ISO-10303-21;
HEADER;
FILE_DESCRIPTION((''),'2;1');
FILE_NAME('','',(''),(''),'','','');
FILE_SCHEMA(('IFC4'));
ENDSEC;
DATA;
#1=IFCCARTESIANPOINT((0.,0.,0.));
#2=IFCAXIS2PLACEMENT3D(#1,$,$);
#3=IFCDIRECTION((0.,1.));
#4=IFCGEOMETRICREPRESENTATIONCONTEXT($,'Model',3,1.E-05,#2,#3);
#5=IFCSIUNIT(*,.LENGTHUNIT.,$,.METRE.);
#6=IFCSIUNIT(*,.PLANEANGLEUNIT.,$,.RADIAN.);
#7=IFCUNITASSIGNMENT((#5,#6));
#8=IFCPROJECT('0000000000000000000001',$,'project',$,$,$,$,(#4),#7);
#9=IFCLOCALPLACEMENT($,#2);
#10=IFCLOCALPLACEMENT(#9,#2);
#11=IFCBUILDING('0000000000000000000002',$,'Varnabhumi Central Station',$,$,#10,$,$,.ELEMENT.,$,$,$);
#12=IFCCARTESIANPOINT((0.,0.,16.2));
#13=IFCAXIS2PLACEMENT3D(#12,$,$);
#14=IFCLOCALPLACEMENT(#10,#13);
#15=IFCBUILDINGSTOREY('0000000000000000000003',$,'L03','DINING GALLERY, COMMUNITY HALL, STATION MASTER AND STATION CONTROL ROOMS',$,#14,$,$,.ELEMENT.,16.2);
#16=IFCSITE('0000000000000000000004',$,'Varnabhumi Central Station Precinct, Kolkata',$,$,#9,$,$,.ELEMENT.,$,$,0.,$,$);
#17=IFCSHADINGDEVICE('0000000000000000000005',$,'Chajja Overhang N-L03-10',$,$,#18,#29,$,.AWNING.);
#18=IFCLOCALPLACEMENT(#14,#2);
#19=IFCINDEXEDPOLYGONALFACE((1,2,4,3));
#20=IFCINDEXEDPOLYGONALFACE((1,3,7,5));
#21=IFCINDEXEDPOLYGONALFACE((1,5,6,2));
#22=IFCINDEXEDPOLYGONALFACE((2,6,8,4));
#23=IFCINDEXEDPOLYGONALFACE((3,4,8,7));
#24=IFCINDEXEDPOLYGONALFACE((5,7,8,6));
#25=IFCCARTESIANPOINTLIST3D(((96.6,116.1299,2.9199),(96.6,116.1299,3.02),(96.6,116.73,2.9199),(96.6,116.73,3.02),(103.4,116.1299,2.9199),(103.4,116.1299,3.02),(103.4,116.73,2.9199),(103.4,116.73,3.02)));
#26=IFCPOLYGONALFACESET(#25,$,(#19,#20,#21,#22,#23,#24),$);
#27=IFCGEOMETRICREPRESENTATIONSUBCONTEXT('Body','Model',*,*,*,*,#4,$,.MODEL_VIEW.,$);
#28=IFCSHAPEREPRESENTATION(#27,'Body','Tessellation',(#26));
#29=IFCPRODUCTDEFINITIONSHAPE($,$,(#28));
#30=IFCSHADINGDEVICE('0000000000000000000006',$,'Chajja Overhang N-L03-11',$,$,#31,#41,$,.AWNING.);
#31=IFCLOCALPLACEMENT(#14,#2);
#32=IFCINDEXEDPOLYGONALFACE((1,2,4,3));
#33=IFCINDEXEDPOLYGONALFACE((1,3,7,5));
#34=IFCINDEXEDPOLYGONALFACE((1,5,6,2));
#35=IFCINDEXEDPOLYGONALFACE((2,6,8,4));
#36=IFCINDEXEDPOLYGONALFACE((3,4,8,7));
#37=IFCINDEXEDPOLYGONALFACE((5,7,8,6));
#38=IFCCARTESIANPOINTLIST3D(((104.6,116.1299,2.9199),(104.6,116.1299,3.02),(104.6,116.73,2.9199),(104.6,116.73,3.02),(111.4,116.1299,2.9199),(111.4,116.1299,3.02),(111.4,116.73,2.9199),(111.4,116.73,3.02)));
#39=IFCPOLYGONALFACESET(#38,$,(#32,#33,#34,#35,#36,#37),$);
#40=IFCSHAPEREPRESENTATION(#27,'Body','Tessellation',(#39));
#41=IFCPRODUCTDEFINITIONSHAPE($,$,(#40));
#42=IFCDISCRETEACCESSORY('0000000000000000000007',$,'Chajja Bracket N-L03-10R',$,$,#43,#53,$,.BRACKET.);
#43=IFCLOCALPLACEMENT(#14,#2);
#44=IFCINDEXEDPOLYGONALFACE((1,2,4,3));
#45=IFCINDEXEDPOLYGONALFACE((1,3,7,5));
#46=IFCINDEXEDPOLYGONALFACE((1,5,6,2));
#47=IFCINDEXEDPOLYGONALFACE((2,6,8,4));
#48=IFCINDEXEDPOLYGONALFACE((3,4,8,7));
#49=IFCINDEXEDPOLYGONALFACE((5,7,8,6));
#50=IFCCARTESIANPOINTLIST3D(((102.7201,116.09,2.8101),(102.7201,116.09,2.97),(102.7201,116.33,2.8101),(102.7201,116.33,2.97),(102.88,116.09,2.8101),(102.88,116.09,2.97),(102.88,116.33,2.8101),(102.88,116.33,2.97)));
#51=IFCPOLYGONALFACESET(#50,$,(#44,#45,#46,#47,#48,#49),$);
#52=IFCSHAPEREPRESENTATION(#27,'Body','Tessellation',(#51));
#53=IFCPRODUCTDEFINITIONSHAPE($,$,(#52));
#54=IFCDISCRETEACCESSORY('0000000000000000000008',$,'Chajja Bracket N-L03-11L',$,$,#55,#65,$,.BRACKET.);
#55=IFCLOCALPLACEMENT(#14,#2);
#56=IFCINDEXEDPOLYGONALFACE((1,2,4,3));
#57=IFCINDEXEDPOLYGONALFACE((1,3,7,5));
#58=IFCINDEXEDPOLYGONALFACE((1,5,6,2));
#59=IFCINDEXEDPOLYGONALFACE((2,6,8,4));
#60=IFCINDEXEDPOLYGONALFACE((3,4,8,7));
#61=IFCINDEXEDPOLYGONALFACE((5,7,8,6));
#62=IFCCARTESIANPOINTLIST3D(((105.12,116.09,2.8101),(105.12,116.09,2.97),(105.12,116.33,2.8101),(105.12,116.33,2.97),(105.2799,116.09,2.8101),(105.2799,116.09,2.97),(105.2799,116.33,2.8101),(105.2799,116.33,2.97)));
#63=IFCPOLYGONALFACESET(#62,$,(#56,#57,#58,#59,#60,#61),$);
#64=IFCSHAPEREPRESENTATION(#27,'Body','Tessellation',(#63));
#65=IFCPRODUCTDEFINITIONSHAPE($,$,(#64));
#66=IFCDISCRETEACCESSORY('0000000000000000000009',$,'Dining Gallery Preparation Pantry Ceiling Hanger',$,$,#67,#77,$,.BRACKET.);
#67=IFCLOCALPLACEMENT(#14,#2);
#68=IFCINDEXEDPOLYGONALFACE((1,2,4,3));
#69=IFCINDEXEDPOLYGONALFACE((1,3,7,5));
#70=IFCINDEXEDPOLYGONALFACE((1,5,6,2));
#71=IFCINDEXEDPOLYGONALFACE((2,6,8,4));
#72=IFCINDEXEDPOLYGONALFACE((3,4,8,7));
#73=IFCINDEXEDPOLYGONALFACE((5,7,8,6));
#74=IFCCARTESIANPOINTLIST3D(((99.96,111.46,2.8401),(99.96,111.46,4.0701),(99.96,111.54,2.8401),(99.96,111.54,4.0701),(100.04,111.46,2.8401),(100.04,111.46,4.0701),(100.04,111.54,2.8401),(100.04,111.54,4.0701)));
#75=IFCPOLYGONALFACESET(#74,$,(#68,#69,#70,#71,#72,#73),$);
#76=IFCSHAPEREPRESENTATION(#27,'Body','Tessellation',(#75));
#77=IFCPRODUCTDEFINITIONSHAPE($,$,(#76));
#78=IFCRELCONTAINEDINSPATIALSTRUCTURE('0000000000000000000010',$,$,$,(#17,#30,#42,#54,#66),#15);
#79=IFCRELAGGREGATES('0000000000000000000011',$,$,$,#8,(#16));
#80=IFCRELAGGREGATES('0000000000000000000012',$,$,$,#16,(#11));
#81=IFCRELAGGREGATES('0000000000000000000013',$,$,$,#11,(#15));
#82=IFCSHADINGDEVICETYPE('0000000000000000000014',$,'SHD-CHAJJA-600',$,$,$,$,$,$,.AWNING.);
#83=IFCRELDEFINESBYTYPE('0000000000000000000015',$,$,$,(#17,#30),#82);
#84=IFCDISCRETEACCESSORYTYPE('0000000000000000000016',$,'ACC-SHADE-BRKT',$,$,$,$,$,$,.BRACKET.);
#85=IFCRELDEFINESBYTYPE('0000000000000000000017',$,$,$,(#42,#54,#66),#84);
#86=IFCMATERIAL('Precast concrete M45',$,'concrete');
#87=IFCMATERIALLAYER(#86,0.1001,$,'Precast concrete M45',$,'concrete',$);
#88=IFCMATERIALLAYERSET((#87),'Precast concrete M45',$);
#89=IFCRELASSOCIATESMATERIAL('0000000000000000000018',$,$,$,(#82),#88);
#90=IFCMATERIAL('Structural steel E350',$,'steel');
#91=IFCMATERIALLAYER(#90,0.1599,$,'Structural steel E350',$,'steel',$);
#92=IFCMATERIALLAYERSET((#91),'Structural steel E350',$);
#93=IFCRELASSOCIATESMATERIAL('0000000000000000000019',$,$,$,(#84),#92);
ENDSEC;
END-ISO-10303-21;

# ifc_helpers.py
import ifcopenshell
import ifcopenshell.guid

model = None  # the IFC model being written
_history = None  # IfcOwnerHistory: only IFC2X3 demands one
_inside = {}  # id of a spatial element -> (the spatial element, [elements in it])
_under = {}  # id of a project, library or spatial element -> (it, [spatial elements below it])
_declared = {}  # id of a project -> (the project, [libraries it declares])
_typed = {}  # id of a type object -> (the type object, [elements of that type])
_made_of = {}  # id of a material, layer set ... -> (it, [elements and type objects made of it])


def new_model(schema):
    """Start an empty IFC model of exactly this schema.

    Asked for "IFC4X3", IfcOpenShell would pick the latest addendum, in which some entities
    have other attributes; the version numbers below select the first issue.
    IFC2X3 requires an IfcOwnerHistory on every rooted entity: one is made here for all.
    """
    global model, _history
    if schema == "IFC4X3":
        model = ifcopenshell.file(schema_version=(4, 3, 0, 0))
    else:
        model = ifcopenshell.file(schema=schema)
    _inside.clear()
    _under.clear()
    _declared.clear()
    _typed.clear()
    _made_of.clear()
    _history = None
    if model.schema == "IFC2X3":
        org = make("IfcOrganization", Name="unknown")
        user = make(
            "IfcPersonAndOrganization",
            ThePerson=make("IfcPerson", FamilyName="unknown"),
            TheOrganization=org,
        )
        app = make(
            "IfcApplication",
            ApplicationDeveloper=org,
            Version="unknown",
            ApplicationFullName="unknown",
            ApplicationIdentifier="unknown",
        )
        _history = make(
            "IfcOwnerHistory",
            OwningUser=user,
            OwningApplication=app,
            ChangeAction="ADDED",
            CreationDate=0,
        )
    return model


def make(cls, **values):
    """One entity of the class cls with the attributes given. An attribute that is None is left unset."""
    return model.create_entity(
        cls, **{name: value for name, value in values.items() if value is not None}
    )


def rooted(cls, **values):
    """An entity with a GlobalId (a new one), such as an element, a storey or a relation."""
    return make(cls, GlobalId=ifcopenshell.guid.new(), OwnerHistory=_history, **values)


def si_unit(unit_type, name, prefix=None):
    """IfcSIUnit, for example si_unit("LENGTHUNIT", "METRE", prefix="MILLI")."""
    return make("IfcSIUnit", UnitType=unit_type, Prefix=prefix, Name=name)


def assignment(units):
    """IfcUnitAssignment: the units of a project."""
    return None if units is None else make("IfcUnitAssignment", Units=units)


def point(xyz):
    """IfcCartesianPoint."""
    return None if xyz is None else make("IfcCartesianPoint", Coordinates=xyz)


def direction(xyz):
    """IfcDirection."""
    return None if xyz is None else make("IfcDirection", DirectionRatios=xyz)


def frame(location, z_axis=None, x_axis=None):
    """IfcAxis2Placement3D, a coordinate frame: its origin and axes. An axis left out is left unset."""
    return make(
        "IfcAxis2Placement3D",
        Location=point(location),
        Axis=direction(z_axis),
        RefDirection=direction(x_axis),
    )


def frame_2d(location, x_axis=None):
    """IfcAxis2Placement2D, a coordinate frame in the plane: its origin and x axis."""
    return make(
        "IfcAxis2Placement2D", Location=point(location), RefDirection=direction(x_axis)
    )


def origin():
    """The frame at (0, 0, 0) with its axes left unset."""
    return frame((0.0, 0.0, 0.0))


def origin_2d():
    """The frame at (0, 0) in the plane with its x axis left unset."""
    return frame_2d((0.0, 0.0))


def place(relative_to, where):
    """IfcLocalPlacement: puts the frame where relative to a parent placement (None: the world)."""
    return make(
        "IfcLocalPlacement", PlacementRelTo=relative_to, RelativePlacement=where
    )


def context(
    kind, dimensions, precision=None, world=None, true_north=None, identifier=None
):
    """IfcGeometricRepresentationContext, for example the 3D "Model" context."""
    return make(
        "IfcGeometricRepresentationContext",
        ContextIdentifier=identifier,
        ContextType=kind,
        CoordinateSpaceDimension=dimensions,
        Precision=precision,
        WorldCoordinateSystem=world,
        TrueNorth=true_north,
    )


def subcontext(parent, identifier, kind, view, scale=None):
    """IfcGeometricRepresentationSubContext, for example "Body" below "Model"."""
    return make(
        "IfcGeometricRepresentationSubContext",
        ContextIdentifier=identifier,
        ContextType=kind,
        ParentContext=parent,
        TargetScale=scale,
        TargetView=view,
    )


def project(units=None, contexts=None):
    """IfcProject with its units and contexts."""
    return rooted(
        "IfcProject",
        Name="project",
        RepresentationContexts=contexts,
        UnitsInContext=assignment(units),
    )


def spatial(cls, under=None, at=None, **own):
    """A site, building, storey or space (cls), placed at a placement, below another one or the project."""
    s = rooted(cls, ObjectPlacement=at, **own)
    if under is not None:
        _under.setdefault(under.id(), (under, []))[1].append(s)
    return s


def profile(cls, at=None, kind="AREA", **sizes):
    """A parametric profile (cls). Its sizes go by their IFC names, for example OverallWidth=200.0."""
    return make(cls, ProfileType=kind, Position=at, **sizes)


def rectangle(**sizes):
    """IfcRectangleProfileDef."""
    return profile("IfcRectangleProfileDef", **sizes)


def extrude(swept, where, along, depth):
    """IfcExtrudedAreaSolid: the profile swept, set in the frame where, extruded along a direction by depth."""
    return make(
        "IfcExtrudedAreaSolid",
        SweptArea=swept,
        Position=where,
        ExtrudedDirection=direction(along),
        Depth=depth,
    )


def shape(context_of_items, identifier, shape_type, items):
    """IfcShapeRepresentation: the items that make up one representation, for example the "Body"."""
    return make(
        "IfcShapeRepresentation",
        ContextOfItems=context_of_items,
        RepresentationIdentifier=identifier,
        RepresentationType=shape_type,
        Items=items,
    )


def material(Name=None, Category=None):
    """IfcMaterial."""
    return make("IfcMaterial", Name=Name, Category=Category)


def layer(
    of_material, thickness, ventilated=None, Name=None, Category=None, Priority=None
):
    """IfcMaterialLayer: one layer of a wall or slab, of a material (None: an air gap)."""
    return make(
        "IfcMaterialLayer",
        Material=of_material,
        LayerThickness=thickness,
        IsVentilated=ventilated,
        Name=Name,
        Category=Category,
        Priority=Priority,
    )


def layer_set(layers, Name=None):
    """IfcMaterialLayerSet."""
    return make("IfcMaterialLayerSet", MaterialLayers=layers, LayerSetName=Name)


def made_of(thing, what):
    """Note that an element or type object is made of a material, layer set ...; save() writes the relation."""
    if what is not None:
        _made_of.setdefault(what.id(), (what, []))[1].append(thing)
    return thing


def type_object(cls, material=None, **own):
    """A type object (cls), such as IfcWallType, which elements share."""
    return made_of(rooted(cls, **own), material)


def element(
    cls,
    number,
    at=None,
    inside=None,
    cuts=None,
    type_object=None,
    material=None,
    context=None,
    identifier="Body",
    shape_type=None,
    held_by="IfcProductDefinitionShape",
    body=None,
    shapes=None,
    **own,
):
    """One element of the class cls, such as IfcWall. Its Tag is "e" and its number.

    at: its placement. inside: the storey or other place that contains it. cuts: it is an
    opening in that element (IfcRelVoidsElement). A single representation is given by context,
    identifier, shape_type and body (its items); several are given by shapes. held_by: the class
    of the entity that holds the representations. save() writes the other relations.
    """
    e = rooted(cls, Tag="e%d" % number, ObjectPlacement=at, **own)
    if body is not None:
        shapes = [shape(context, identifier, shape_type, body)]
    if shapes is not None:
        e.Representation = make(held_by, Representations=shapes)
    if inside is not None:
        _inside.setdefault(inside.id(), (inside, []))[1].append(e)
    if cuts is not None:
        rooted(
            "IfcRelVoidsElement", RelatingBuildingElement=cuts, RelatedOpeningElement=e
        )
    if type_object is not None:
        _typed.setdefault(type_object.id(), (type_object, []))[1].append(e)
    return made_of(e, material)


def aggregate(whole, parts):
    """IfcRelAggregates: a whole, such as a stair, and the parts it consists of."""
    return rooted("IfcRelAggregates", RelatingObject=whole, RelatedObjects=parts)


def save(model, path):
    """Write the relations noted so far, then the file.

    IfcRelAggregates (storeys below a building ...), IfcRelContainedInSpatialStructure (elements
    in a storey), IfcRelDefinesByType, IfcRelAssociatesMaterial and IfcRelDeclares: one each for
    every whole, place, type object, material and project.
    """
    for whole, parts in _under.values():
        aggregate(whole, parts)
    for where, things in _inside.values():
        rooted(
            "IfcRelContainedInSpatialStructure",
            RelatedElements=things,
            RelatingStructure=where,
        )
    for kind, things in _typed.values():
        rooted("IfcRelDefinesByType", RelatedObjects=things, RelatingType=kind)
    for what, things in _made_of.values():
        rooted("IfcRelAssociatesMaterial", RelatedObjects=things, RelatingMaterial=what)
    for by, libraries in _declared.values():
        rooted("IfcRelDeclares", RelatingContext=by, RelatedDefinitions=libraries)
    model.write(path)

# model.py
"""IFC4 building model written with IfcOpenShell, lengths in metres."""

from ifc_helpers import new_model, si_unit, direction, frame, origin, origin_2d, place, context, subcontext, project, spatial, rectangle, extrude, material, layer, layer_set, type_object, element, save


model = new_model("IFC4")

# Units and contexts
model_context = context("Model", 3, precision=1e-05, world=origin(), true_north=direction((0.0, 1.0)))
body_context = subcontext(model_context, "Body", "Model", "MODEL_VIEW")
ifc_project = project(units=[si_unit("LENGTHUNIT", "METRE"), si_unit("PLANEANGLEUNIT", "RADIAN")], contexts=[model_context])

# Site, building, storey
site_placement = place(None, origin())
site = spatial("IfcSite", under=ifc_project, at=site_placement, Name="Varnabhumi Central Station Precinct, Kolkata", CompositionType="ELEMENT", RefElevation=0.0)
building_placement = place(site_placement, origin())
building = spatial("IfcBuilding", under=site, at=building_placement, Name="Varnabhumi Central Station", CompositionType="ELEMENT")
storey_placement = place(building_placement, frame((0.0, 0.0, 16.2)))
storey = spatial("IfcBuildingStorey", under=building, at=storey_placement, Name="L03", Description="DINING GALLERY, COMMUNITY HALL, STATION MASTER AND STATION CONTROL ROOMS", CompositionType="ELEMENT", Elevation=16.2)

# Shared definitions
ifc_material_1 = material(Name="Structural steel E350", Category="steel")

# Shading devices
ifc_material_2 = material(Name="Precast concrete M45", Category="concrete")
ifc_layer_1 = layer(ifc_material_2, 0.1001, Name="Precast concrete M45", Category="concrete")
ifc_layer_set_1 = layer_set([ifc_layer_1], Name="Precast concrete M45")
shading_device_type = type_object("IfcShadingDeviceType", Name="SHD-CHAJJA-600", PredefinedType="AWNING", material=ifc_layer_set_1)
for number, where, z_axis, x_axis, name in (
    (1, (100.0, 116.4299, 2.9199), (0.0, 0.0, 1.0), (1.0, 0.0, 0.0), "Chajja Overhang N-L03-10"),
    (2, (108.0, 116.4299, 2.9199), (0.0, 0.0, 1.0), (1.0, 0.0, 0.0), "Chajja Overhang N-L03-11"),
):
    element("IfcShadingDevice", number, at=place(storey_placement, frame(where, z_axis=z_axis, x_axis=x_axis)), inside=storey, type_object=shading_device_type, Name=name, PredefinedType="AWNING", context=body_context, shape_type="SweptSolid", body=[
        extrude(rectangle(XDim=6.8, YDim=0.6001, at=origin_2d()), origin(), (0.0, 0.0, 1.0), 0.1001),
    ])

# Discrete accessories
ifc_layer_2 = layer(ifc_material_1, 0.1599, Name="Structural steel E350", Category="steel")
ifc_layer_set_2 = layer_set([ifc_layer_2], Name="Structural steel E350")
discrete_accessory_type = type_object("IfcDiscreteAccessoryType", Name="ACC-SHADE-BRKT", PredefinedType="BRACKET", material=ifc_layer_set_2)
for number, where, z_axis, x_axis, name in (
    (3, (102.8, 116.21, 2.8101), (0.0, 0.0, 1.0), (1.0, 0.0, 0.0), "Chajja Bracket N-L03-10R"),
    (4, (105.2, 116.21, 2.8101), (0.0, 0.0, 1.0), (1.0, 0.0, 0.0), "Chajja Bracket N-L03-11L"),
):
    element("IfcDiscreteAccessory", number, at=place(storey_placement, frame(where, z_axis=z_axis, x_axis=x_axis)), inside=storey, type_object=discrete_accessory_type, Name=name, PredefinedType="BRACKET", context=body_context, shape_type="SweptSolid", body=[
        extrude(rectangle(XDim=0.1599, YDim=0.24, at=origin_2d()), origin(), (0.0, 0.0, 1.0), 0.1599),
    ])
discrete_accessory_placement = place(storey_placement, frame((100.0, 111.5, 2.8401), z_axis=(0.0, 0.0, 1.0), x_axis=(1.0, 0.0, 0.0)))
element("IfcDiscreteAccessory", 5, at=discrete_accessory_placement, inside=storey, type_object=discrete_accessory_type, Name="Dining Gallery Preparation Pantry Ceiling Hanger", PredefinedType="BRACKET", context=body_context, shape_type="SweptSolid", body=[
    extrude(rectangle(XDim=0.0801, YDim=0.0801, at=origin_2d()), origin(), (0.0, 0.0, 1.0), 1.23),
])

save(model, "model.ifc")
